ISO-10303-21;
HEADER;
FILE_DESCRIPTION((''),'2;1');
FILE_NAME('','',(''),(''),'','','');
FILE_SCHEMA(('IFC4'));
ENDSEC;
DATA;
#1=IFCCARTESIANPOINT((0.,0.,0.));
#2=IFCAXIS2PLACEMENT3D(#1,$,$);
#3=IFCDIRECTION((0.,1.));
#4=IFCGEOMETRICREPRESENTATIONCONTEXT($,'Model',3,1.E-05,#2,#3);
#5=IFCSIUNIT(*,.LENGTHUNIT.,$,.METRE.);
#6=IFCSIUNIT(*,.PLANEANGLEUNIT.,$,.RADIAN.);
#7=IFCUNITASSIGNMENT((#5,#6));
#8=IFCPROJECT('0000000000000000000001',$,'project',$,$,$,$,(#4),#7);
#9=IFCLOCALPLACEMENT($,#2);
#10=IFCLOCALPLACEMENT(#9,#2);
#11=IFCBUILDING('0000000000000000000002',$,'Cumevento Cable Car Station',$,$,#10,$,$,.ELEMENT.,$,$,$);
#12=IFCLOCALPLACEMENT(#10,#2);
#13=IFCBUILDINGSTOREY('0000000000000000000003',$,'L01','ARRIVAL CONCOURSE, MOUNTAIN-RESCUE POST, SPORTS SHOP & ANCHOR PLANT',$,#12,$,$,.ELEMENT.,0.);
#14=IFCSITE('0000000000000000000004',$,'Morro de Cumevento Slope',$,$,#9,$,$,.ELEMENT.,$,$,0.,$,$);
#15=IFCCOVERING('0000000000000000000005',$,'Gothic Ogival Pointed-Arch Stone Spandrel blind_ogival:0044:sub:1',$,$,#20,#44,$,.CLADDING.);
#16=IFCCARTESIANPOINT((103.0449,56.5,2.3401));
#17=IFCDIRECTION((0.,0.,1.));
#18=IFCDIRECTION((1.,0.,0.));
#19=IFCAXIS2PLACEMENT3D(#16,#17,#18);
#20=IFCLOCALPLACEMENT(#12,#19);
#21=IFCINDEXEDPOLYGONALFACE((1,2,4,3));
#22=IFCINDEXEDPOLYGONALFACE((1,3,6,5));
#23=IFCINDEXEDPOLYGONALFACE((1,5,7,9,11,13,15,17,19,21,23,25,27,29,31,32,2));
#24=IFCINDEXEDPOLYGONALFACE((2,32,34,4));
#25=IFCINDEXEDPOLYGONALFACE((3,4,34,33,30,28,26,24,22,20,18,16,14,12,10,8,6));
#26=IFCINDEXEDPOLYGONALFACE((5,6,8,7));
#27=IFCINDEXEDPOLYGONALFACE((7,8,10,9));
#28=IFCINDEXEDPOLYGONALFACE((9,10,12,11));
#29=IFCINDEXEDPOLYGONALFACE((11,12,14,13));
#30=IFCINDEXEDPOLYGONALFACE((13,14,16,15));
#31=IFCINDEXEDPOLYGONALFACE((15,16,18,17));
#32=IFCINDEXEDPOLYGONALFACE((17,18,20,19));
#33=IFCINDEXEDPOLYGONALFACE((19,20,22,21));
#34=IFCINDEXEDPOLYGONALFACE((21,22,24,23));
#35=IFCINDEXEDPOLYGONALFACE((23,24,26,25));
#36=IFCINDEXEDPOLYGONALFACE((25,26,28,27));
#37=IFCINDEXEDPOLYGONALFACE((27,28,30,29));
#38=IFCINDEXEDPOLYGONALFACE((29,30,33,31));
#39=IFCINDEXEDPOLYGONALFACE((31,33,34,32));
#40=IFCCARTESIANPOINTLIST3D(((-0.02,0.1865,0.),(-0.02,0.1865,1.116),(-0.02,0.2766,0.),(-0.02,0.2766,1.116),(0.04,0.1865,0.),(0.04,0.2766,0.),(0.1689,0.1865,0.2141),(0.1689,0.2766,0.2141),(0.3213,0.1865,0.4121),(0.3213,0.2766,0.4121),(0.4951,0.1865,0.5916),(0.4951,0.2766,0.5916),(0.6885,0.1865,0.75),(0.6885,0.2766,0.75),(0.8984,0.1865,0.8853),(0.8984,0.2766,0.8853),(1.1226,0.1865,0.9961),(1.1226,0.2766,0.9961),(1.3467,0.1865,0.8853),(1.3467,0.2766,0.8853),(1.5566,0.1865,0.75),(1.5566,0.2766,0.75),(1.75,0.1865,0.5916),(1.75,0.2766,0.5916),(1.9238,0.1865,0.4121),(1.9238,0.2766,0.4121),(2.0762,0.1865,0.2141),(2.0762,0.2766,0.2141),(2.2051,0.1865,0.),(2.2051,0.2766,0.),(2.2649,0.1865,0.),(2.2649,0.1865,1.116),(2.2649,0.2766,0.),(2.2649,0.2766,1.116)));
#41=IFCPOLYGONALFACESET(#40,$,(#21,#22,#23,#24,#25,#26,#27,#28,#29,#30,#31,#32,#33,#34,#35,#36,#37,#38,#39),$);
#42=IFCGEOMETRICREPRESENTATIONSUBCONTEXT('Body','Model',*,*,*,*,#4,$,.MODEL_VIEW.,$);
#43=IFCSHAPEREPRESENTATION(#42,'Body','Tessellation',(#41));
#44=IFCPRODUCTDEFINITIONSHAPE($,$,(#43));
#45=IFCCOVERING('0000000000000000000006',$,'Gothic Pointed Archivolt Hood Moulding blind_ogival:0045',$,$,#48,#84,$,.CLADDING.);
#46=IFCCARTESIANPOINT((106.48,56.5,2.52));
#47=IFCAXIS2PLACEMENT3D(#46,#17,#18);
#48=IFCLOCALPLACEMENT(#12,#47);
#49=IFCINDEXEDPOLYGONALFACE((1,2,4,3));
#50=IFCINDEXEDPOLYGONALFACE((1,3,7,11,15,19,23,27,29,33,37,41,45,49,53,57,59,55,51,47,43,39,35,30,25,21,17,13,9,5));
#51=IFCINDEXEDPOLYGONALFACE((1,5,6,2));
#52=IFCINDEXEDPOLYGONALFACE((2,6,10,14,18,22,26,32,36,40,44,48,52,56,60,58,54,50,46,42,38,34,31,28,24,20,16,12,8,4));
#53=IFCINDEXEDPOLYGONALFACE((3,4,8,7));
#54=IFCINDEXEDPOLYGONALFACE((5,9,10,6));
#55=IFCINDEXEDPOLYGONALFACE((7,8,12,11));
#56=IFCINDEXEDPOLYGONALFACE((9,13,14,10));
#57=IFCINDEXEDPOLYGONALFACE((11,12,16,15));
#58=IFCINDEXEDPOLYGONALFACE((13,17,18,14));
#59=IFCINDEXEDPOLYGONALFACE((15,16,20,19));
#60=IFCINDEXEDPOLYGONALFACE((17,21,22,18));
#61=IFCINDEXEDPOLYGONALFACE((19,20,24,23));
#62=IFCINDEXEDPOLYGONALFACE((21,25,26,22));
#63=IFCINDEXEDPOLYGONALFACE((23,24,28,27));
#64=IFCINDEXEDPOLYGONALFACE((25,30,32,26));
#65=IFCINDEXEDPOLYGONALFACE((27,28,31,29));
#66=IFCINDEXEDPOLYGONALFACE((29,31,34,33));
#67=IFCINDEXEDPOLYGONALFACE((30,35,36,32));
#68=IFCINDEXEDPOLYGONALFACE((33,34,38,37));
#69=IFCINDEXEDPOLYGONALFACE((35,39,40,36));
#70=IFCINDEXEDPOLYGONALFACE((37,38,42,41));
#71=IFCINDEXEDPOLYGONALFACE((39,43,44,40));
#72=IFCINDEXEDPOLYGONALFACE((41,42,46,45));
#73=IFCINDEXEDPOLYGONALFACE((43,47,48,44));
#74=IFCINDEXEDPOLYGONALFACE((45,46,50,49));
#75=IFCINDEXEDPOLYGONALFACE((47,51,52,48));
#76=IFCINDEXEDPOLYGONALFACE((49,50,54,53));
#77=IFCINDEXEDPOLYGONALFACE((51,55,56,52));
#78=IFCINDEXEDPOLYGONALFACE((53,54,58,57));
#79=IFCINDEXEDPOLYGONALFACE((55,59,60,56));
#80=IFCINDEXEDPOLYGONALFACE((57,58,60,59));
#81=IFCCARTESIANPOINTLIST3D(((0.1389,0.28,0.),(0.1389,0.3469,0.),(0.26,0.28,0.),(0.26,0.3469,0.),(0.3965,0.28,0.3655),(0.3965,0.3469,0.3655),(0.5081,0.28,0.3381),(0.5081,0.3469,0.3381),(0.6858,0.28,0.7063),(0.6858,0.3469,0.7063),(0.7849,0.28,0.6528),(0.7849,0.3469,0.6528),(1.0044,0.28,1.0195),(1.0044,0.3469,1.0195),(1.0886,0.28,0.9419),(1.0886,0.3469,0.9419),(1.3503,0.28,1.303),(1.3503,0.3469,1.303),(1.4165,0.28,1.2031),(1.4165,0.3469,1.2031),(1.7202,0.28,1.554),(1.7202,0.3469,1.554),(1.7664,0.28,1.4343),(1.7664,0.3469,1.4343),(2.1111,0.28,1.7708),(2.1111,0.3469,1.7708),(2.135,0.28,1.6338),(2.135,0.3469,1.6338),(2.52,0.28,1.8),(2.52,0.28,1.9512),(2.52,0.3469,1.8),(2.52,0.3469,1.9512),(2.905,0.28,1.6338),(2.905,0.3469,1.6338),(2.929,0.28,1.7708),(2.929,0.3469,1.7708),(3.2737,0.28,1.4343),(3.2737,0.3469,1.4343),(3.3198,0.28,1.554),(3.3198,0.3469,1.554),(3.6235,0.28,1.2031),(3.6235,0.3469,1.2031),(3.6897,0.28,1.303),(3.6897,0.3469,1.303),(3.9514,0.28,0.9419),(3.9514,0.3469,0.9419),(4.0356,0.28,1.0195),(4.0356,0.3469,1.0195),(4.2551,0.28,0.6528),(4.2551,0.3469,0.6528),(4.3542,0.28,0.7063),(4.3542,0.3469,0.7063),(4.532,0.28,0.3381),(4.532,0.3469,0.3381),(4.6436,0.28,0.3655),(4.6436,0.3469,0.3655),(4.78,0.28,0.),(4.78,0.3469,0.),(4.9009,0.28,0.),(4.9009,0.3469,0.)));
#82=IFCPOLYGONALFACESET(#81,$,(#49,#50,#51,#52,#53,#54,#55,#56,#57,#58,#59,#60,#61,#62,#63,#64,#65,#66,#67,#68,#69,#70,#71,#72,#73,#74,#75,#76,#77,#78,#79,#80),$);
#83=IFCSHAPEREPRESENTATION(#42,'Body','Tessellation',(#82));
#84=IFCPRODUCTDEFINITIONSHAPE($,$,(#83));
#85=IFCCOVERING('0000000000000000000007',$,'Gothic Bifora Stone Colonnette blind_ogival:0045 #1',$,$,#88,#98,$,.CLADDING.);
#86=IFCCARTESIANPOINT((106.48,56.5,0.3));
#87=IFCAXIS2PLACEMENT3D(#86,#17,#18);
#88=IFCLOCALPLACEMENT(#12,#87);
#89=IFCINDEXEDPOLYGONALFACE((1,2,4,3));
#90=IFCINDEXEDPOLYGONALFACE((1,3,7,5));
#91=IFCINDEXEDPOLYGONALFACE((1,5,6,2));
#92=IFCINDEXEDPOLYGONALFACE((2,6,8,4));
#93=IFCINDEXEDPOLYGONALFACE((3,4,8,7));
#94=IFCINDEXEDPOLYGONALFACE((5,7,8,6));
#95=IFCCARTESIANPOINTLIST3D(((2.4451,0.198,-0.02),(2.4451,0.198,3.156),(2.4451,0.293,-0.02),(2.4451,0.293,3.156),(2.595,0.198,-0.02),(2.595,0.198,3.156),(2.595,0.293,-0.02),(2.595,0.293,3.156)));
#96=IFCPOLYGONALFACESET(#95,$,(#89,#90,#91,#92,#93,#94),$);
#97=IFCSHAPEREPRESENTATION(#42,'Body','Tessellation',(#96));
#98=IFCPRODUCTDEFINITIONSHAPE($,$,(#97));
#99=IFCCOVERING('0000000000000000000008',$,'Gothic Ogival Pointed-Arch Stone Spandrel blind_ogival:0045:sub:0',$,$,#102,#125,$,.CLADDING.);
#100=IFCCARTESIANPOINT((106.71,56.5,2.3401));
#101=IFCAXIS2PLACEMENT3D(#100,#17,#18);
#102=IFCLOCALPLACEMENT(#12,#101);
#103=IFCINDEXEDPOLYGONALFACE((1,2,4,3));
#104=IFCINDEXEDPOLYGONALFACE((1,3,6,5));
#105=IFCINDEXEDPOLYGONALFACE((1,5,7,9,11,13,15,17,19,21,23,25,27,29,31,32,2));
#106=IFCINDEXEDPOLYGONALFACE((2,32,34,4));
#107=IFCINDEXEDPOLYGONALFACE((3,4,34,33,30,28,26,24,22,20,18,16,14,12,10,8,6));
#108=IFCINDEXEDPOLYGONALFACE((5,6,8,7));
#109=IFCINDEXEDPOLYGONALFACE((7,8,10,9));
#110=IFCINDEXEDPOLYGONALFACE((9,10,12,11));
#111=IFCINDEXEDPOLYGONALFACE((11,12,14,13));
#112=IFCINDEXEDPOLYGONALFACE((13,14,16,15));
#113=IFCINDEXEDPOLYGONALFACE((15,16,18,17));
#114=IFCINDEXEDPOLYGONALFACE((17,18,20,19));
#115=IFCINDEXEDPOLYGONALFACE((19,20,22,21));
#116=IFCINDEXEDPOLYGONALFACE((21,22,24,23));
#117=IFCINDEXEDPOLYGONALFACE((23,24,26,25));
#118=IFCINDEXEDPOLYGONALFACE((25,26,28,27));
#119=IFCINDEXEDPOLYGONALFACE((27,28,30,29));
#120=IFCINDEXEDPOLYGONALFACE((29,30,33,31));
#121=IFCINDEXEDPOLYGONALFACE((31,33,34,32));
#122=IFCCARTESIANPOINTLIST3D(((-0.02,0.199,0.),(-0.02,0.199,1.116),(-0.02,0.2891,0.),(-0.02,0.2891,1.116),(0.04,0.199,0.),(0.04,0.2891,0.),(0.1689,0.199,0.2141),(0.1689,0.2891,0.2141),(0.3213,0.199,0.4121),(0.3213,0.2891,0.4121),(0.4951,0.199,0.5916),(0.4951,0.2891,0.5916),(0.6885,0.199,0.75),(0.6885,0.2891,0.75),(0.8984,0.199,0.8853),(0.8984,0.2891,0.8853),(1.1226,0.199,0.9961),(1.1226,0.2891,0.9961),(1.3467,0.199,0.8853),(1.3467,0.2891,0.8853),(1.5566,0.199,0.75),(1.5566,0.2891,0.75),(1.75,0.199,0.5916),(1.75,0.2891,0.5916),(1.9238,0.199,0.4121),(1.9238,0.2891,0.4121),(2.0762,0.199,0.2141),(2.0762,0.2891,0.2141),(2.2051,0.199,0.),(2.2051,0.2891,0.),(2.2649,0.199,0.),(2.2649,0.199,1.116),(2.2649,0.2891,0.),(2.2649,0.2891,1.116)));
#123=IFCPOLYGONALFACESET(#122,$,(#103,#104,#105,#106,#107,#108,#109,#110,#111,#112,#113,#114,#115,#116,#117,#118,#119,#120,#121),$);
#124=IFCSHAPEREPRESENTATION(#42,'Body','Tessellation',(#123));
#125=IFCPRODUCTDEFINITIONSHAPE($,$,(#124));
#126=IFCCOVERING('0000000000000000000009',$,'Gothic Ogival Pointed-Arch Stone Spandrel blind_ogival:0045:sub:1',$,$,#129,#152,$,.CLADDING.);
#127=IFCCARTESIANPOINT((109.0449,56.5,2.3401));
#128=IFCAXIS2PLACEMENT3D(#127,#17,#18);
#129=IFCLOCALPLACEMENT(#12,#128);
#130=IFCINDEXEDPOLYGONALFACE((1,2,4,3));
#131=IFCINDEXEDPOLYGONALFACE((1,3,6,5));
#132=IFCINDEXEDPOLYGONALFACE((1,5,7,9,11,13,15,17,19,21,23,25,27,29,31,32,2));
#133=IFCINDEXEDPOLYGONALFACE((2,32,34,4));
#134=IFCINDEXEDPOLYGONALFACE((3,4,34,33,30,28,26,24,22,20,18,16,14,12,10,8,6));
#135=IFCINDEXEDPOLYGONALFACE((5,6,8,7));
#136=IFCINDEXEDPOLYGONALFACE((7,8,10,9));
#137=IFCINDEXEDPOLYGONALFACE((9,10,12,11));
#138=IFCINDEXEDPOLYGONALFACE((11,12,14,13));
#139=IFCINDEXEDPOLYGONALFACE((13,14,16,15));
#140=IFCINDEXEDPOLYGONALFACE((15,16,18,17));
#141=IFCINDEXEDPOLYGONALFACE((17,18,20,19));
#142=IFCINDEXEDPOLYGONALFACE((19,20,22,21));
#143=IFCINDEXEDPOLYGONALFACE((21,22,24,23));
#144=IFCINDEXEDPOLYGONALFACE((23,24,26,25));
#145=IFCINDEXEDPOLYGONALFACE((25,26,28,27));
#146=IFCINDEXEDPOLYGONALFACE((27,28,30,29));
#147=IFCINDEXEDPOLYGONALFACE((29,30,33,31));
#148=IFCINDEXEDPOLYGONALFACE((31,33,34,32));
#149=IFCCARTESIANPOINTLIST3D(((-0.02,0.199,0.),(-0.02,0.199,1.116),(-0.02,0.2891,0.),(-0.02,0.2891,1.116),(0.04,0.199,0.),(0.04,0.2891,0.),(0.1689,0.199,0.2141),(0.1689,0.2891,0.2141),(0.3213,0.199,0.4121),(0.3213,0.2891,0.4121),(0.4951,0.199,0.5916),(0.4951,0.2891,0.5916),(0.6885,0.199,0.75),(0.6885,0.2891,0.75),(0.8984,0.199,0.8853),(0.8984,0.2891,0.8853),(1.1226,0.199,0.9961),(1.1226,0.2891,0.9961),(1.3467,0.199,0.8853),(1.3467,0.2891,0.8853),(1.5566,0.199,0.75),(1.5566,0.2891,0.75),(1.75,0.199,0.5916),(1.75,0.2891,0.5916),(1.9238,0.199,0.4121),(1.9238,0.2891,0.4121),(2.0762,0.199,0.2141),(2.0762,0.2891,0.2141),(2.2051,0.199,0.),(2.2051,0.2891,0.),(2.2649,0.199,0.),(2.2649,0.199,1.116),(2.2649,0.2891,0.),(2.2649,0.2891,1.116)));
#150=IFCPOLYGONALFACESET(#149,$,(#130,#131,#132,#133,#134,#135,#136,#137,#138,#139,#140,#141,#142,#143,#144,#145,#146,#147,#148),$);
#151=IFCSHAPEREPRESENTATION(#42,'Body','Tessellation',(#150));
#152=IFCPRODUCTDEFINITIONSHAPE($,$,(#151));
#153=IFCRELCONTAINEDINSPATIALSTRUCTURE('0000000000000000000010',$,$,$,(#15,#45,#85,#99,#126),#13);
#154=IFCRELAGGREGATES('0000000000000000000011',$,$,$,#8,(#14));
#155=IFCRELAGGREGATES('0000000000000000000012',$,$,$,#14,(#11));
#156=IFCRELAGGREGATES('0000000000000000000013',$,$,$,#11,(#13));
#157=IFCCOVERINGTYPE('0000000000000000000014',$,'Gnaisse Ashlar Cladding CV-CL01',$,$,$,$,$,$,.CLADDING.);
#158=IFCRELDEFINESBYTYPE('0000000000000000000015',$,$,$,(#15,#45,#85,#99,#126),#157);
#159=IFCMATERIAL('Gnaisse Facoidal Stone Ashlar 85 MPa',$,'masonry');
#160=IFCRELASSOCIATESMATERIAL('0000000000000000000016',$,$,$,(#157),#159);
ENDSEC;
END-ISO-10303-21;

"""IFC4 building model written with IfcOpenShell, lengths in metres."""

from ifc_helpers import new_model, si_unit, direction, frame, origin, place, context, subcontext, project, spatial, polyline, outline, extrude, material, type_object, element, save


model = new_model("IFC4")

# Units and contexts
model_context = context("Model", 3, precision=1e-05, world=origin(), true_north=direction((0.0, 1.0)))
body_context = subcontext(model_context, "Body", "Model", "MODEL_VIEW")
ifc_project = project(units=[si_unit("LENGTHUNIT", "METRE"), si_unit("PLANEANGLEUNIT", "RADIAN")], contexts=[model_context])

# Site, building, storey
site_placement = place(None, origin())
site = spatial("IfcSite", under=ifc_project, at=site_placement, Name="Morro de Cumevento Slope", CompositionType="ELEMENT", RefElevation=0.0)
building_placement = place(site_placement, origin())
building = spatial("IfcBuilding", under=site, at=building_placement, Name="Cumevento Cable Car Station", CompositionType="ELEMENT")
storey_placement = place(building_placement, origin())
storey = spatial("IfcBuildingStorey", under=building, at=storey_placement, Name="L01", Description="ARRIVAL CONCOURSE, MOUNTAIN-RESCUE POST, SPORTS SHOP & ANCHOR PLANT", CompositionType="ELEMENT", Elevation=0.0)

# Coverings
ifc_material_1 = material(Name="Gnaisse Facoidal Stone Ashlar 85 MPa", Category="masonry")
covering_type = type_object("IfcCoveringType", Name="Gnaisse Ashlar Cladding CV-CL01", PredefinedType="CLADDING", material=ifc_material_1)
covering_1_placement = place(storey_placement, frame((103.0449, 56.5, 2.3401), z_axis=(0.0, 0.0, 1.0), x_axis=(1.0, 0.0, 0.0)))
element("IfcCovering", 1, at=covering_1_placement, inside=storey, type_object=covering_type, Name="Gothic Ogival Pointed-Arch Stone Spandrel blind_ogival:0044:sub:1", PredefinedType="CLADDING", context=body_context, shape_type="SweptSolid", body=[
    extrude(outline(polyline([(-0.02, 0.0), (-0.02, 1.116), (2.2649, 1.116), (2.2649, 0.0), (2.2051, 0.0), (2.0762, 0.2141), (1.9238, 0.4121), (1.75, 0.5916), (1.5566, 0.75), (1.3467, 0.8853), (1.1226, 0.9961), (0.8984, 0.8853), (0.6885, 0.75), (0.4951, 0.5916), (0.3213, 0.4121), (0.1689, 0.2141), (0.04, 0.0), (-0.02, 0.0)])), frame((0.0, 0.2766, 0.0), z_axis=(0.0, -1.0, 0.0), x_axis=(1.0, 0.0, 0.0)), (0.0, 0.0, 1.0), 0.0901),
])
covering_2_placement = place(storey_placement, frame((106.48, 56.5, 2.52), z_axis=(0.0, 0.0, 1.0), x_axis=(1.0, 0.0, 0.0)))
element("IfcCovering", 2, at=covering_2_placement, inside=storey, type_object=covering_type, Name="Gothic Pointed Archivolt Hood Moulding blind_ogival:0045", PredefinedType="CLADDING", context=body_context, shape_type="SweptSolid", body=[
    extrude(outline(polyline([(0.26, 0.0), (0.5081, 0.3381), (0.7849, 0.6528), (1.0886, 0.9419), (1.4165, 1.2031), (1.7664, 1.4343), (2.135, 1.6338), (2.52, 1.8), (2.905, 1.6338), (3.2737, 1.4343), (3.6235, 1.2031), (3.9514, 0.9419), (4.2551, 0.6528), (4.532, 0.3381), (4.78, 0.0), (4.9009, 0.0), (4.6436, 0.3655), (4.3542, 0.7063), (4.0356, 1.0195), (3.6897, 1.303), (3.3198, 1.554), (2.929, 1.7708), (2.52, 1.9512), (2.1111, 1.7708), (1.7202, 1.554), (1.3503, 1.303), (1.0044, 1.0195), (0.6858, 0.7063), (0.3965, 0.3655), (0.1389, 0.0), (0.26, 0.0)])), frame((0.0, 0.3469, 0.0), z_axis=(0.0, -1.0, 0.0), x_axis=(1.0, 0.0, 0.0)), (0.0, 0.0, 1.0), 0.0669),
])
covering_3_placement = place(storey_placement, frame((106.48, 56.5, 0.3), z_axis=(0.0, 0.0, 1.0), x_axis=(1.0, 0.0, 0.0)))
element("IfcCovering", 3, at=covering_3_placement, inside=storey, type_object=covering_type, Name="Gothic Bifora Stone Colonnette blind_ogival:0045 #1", PredefinedType="CLADDING", context=body_context, shape_type="SweptSolid", body=[
    extrude(outline(polyline([(2.4451, -0.02), (2.595, -0.02), (2.595, 3.156), (2.4451, 3.156), (2.4451, -0.02)])), frame((0.0, 0.293, 0.0), z_axis=(0.0, -1.0, 0.0), x_axis=(1.0, 0.0, 0.0)), (0.0, 0.0, 1.0), 0.095),
])
for number, where, z_axis, x_axis, name in (
    (4, (106.71, 56.5, 2.3401), (0.0, 0.0, 1.0), (1.0, 0.0, 0.0), "Gothic Ogival Pointed-Arch Stone Spandrel blind_ogival:0045:sub:0"),
    (5, (109.0449, 56.5, 2.3401), (0.0, 0.0, 1.0), (1.0, 0.0, 0.0), "Gothic Ogival Pointed-Arch Stone Spandrel blind_ogival:0045:sub:1"),
):
    element("IfcCovering", number, at=place(storey_placement, frame(where, z_axis=z_axis, x_axis=x_axis)), inside=storey, type_object=covering_type, Name=name, PredefinedType="CLADDING", context=body_context, shape_type="SweptSolid", body=[
        extrude(outline(polyline([(-0.02, 0.0), (-0.02, 1.116), (2.2649, 1.116), (2.2649, 0.0), (2.2051, 0.0), (2.0762, 0.2141), (1.9238, 0.4121), (1.75, 0.5916), (1.5566, 0.75), (1.3467, 0.8853), (1.1226, 0.9961), (0.8984, 0.8853), (0.6885, 0.75), (0.4951, 0.5916), (0.3213, 0.4121), (0.1689, 0.2141), (0.04, 0.0), (-0.02, 0.0)])), frame((0.0, 0.2891, 0.0), z_axis=(0.0, -1.0, 0.0), x_axis=(1.0, 0.0, 0.0)), (0.0, 0.0, 1.0), 0.0901),
    ])

save(model, "model.ifc")
